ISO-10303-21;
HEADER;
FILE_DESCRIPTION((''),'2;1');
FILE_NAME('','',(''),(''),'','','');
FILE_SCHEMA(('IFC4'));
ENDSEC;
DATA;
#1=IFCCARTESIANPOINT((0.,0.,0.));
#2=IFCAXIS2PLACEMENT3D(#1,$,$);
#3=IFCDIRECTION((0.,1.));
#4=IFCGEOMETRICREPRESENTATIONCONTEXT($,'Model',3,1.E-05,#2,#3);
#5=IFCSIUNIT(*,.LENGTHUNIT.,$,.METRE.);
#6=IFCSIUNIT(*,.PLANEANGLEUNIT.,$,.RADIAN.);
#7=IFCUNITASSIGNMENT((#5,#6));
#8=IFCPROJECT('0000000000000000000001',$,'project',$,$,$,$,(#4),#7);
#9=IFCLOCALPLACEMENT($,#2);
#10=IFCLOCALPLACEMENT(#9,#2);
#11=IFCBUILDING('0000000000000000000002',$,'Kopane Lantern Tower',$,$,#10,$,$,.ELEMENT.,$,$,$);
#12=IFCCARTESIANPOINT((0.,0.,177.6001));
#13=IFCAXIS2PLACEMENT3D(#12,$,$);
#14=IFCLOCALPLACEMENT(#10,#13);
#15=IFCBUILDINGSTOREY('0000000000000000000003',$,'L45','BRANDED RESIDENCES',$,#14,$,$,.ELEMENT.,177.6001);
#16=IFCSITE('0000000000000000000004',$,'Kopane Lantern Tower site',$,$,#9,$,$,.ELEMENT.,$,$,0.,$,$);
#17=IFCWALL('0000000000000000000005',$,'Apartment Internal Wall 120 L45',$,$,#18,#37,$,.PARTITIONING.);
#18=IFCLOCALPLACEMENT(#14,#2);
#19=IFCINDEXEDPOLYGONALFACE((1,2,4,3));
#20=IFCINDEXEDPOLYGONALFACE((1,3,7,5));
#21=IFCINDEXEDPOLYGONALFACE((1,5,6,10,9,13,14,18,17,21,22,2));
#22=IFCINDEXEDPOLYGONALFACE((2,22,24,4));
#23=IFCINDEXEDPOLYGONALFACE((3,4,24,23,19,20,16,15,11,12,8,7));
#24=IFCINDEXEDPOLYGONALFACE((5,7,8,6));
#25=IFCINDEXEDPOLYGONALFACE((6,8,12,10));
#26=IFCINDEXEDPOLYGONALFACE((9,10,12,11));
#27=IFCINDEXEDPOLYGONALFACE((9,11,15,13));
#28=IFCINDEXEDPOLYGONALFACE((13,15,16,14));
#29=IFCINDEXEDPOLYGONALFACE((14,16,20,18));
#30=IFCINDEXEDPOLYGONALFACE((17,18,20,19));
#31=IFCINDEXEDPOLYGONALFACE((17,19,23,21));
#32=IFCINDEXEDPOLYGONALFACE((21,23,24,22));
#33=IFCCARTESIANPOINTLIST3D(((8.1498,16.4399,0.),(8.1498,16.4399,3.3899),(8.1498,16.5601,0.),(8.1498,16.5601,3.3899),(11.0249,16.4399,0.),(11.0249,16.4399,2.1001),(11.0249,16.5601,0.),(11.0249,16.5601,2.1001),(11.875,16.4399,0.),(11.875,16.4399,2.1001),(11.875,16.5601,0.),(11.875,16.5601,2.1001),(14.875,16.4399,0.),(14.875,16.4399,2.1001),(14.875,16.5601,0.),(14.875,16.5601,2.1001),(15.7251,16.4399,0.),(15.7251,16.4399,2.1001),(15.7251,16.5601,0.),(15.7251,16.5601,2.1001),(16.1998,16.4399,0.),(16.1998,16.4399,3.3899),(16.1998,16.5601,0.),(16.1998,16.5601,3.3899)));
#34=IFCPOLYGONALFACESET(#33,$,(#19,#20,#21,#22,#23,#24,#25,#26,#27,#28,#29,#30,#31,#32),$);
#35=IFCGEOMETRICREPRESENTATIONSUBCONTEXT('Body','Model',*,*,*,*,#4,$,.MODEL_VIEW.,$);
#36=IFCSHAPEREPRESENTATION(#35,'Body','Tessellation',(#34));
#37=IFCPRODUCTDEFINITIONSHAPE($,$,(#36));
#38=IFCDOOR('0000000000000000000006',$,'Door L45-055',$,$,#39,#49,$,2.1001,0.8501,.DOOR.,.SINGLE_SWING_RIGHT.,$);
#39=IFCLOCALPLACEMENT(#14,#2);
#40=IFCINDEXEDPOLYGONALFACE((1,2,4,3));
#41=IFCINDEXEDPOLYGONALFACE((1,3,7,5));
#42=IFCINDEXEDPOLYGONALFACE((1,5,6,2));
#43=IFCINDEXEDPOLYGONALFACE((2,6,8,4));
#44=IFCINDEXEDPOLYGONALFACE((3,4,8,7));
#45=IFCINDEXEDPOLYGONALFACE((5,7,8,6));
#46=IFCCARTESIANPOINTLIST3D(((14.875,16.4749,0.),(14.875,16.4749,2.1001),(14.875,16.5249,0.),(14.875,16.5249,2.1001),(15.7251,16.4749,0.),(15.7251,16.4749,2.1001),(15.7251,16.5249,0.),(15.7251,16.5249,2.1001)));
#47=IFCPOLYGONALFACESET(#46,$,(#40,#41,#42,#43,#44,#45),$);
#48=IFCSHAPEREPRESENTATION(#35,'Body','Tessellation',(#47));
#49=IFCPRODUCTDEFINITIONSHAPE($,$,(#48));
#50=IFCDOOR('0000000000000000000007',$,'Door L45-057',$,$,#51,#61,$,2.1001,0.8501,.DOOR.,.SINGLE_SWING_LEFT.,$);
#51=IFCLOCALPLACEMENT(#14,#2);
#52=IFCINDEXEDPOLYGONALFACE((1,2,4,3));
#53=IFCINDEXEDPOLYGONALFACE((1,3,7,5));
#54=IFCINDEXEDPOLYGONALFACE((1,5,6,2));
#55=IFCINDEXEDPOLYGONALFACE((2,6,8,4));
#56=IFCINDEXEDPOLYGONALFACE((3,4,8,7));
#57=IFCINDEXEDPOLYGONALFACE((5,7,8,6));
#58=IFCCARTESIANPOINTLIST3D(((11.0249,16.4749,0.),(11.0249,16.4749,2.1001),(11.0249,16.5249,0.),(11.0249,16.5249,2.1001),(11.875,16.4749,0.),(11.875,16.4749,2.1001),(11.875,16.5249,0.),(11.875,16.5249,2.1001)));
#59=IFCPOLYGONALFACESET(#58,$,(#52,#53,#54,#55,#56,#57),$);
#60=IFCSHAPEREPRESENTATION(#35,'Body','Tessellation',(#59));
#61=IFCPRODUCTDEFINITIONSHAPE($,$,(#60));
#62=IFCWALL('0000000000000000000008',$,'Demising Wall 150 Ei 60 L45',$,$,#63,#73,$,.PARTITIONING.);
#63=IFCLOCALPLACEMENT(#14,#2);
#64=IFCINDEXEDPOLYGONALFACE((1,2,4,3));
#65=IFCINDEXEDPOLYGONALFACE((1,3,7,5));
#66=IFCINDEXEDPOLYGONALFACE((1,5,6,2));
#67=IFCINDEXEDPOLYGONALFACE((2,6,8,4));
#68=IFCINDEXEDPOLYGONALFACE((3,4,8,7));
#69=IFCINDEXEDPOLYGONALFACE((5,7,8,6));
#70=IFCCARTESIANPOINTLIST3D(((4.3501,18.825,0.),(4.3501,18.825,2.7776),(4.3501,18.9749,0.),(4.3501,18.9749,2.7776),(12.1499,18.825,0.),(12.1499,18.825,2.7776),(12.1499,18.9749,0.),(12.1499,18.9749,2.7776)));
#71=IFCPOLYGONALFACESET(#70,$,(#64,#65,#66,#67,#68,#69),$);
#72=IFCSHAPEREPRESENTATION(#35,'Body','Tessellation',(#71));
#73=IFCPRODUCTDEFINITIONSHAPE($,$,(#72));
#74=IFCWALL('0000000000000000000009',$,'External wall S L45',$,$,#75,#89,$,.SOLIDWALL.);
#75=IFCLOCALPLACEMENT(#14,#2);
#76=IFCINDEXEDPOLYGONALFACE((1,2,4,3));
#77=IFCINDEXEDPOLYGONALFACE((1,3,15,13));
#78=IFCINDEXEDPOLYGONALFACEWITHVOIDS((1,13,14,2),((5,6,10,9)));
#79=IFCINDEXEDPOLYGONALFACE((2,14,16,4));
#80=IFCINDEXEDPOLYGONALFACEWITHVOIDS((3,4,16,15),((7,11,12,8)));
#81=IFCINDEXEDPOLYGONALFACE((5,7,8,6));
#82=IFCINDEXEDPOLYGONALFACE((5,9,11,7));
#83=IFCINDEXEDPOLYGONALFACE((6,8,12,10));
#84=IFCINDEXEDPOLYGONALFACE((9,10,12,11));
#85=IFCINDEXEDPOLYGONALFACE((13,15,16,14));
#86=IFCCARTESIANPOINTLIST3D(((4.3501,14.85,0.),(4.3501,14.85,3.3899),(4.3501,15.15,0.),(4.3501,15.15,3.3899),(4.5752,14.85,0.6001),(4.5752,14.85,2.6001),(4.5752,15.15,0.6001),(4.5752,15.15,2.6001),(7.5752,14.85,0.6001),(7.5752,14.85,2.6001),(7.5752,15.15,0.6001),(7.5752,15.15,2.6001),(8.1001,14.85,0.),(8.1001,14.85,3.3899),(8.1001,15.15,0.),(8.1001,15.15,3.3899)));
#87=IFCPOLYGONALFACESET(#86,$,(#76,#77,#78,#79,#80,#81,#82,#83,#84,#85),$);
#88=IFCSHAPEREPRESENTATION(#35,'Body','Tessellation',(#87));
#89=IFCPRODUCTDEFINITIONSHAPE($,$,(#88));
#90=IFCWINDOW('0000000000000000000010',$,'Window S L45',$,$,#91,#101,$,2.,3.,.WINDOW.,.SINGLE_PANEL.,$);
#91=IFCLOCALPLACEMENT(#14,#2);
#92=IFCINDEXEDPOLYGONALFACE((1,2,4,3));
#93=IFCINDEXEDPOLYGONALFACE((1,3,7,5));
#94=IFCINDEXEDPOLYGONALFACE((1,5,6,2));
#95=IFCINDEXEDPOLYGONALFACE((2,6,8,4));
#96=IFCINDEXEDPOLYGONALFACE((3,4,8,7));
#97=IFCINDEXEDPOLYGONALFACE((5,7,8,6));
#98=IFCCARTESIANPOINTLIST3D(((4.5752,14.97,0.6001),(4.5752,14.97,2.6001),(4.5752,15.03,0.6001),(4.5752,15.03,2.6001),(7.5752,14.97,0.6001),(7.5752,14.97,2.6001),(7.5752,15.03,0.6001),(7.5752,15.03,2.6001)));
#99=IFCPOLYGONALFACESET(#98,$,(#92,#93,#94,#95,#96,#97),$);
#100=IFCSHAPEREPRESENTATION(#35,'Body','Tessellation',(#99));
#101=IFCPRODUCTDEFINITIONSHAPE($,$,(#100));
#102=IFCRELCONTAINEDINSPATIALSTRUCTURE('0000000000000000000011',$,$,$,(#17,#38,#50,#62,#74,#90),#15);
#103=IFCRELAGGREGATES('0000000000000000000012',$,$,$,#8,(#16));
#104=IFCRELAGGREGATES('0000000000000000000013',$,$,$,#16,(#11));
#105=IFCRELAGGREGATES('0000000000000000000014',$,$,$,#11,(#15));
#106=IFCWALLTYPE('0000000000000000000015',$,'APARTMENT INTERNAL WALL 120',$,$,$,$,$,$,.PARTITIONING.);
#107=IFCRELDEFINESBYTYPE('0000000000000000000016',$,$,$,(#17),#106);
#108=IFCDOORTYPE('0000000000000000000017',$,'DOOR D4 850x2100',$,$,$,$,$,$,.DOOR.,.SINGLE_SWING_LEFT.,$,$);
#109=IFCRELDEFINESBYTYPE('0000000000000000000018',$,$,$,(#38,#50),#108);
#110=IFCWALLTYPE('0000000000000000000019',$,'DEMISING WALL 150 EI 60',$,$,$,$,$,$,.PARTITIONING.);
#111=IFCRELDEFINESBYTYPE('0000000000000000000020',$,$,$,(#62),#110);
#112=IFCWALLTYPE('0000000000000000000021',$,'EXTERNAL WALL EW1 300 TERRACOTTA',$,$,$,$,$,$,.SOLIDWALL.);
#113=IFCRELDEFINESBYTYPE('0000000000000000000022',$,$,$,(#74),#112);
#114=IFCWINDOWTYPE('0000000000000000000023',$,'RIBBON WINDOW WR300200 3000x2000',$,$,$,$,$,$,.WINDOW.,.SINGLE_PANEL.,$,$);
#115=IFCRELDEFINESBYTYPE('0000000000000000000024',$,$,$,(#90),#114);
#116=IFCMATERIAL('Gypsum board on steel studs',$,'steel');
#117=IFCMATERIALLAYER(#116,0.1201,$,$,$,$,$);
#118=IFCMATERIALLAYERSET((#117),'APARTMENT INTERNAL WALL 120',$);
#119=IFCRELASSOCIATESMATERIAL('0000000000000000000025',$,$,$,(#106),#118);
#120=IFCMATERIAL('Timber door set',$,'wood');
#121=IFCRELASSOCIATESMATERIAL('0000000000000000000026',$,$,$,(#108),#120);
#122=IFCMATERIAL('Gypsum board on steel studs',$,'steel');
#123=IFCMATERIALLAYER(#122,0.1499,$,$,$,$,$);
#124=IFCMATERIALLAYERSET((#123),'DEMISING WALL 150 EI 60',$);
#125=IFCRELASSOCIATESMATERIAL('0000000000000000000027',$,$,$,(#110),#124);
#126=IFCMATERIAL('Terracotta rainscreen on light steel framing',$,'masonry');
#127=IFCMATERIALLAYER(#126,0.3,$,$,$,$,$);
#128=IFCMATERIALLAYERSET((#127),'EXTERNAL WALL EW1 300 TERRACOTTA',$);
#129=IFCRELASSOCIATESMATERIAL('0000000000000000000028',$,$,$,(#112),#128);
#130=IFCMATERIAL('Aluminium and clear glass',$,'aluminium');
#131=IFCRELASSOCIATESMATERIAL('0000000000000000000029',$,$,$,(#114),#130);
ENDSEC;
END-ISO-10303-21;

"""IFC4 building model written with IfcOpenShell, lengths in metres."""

from ifc_helpers import new_model, si_unit, direction, frame, frame_2d, origin, place, context, subcontext, project, spatial, rectangle, extrude, material, layer, layer_set, type_object, element, fill, save


model = new_model("IFC4")

# Units and contexts
model_context = context("Model", 3, precision=1e-05, world=origin(), true_north=direction((0.0, 1.0)))
body_context = subcontext(model_context, "Body", "Model", "MODEL_VIEW")
ifc_project = project(units=[si_unit("LENGTHUNIT", "METRE"), si_unit("PLANEANGLEUNIT", "RADIAN")], contexts=[model_context])

# Site, building, storey
site_placement = place(None, origin())
site = spatial("IfcSite", under=ifc_project, at=site_placement, Name="Kopane Lantern Tower site", CompositionType="ELEMENT", RefElevation=0.0)
building_placement = place(site_placement, origin())
building = spatial("IfcBuilding", under=site, at=building_placement, Name="Kopane Lantern Tower", CompositionType="ELEMENT")
storey_placement = place(building_placement, frame((0.0, 0.0, 177.6001)))
storey = spatial("IfcBuildingStorey", under=building, at=storey_placement, Name="L45", Description="BRANDED RESIDENCES", CompositionType="ELEMENT", Elevation=177.6001)

# Wall, openings, doors
ifc_material_1 = material(Name="Gypsum board on steel studs", Category="steel")
ifc_layer_1 = layer(ifc_material_1, 0.1201)
ifc_layer_set_1 = layer_set([ifc_layer_1], Name="APARTMENT INTERNAL WALL 120")
wall_type_1 = type_object("IfcWallType", Name="APARTMENT INTERNAL WALL 120", PredefinedType="PARTITIONING", material=ifc_layer_set_1)
wall_1_placement = place(storey_placement, frame((8.1499, 16.5, 0.0), z_axis=(0.0, 0.0, 1.0), x_axis=(1.0, 0.0, 0.0)))
wall_1 = element("IfcWall", 1, at=wall_1_placement, inside=storey, type_object=wall_type_1, Name="Apartment Internal Wall 120 L45", PredefinedType="PARTITIONING", context=body_context, shape_type="SweptSolid", body=[
    extrude(rectangle(XDim=8.05, YDim=0.1201, at=frame_2d((4.0249, 0.0))), origin(), (0.0, 0.0, 1.0), 3.3899),
])
opening_1_placement = place(wall_1_placement, frame((6.7251, 0.0, 0.0)))
opening_1 = element("IfcOpeningElement", 2, at=opening_1_placement, cuts=wall_1, PredefinedType="OPENING", context=body_context, shape_type="SweptSolid", body=[
    extrude(rectangle(XDim=0.8501, YDim=2.1001, at=frame_2d((0.425, 1.05))), frame((0.0, 0.0701, 0.0), z_axis=(0.0, -1.0, 0.0), x_axis=(1.0, 0.0, 0.0)), (0.0, 0.0, 1.0), 0.1401),
])
opening_2_placement = place(wall_1_placement, frame((2.875, 0.0, 0.0)))
opening_2 = element("IfcOpeningElement", 3, at=opening_2_placement, cuts=wall_1, PredefinedType="OPENING", context=body_context, shape_type="SweptSolid", body=[
    extrude(rectangle(XDim=0.8501, YDim=2.1001, at=frame_2d((0.425, 1.05))), frame((0.0, 0.0701, 0.0), z_axis=(0.0, -1.0, 0.0), x_axis=(1.0, 0.0, 0.0)), (0.0, 0.0, 1.0), 0.1401),
])
ifc_material_2 = material(Name="Timber door set", Category="wood")
door_type = type_object("IfcDoorType", Name="DOOR D4 850x2100", OperationType="SINGLE_SWING_LEFT", PredefinedType="DOOR", material=ifc_material_2)
door_1_placement = place(opening_1_placement, origin())
door_1 = element("IfcDoor", 4, at=door_1_placement, inside=storey, type_object=door_type, Name="Door L45-055", OperationType="SINGLE_SWING_RIGHT", OverallHeight=2.1001, OverallWidth=0.8501, PredefinedType="DOOR", context=body_context, shape_type="SweptSolid", body=[
    extrude(rectangle(XDim=0.8501, YDim=2.1001, at=frame_2d((0.425, 1.05))), frame((0.0, 0.0249, 0.0), z_axis=(0.0, -1.0, 0.0), x_axis=(1.0, 0.0, 0.0)), (0.0, 0.0, 1.0), 0.05),
])
fill(opening_1, door_1)
door_2_placement = place(opening_2_placement, origin())
door_2 = element("IfcDoor", 5, at=door_2_placement, inside=storey, type_object=door_type, Name="Door L45-057", OperationType="SINGLE_SWING_LEFT", OverallHeight=2.1001, OverallWidth=0.8501, PredefinedType="DOOR", context=body_context, shape_type="SweptSolid", body=[
    extrude(rectangle(XDim=0.8501, YDim=2.1001, at=frame_2d((0.425, 1.05))), frame((0.0, 0.0249, 0.0), z_axis=(0.0, -1.0, 0.0), x_axis=(1.0, 0.0, 0.0)), (0.0, 0.0, 1.0), 0.05),
])
fill(opening_2, door_2)

# Wall
ifc_material_3 = material(Name="Gypsum board on steel studs", Category="steel")
ifc_layer_2 = layer(ifc_material_3, 0.1499)
ifc_layer_set_2 = layer_set([ifc_layer_2], Name="DEMISING WALL 150 EI 60")
wall_type_2 = type_object("IfcWallType", Name="DEMISING WALL 150 EI 60", PredefinedType="PARTITIONING", material=ifc_layer_set_2)
wall_2_placement = place(storey_placement, frame((4.3501, 18.8999, 0.0), z_axis=(0.0, 0.0, 1.0), x_axis=(1.0, 0.0, 0.0)))
element("IfcWall", 6, at=wall_2_placement, inside=storey, type_object=wall_type_2, Name="Demising Wall 150 Ei 60 L45", PredefinedType="PARTITIONING", context=body_context, shape_type="SweptSolid", body=[
    extrude(rectangle(XDim=7.7998, YDim=0.1499, at=frame_2d((3.8999, 0.0))), origin(), (0.0, 0.0, 1.0), 2.7776),
])

# Wall, opening, window
ifc_material_4 = material(Name="Terracotta rainscreen on light steel framing", Category="masonry")
ifc_layer_3 = layer(ifc_material_4, 0.3)
ifc_layer_set_3 = layer_set([ifc_layer_3], Name="EXTERNAL WALL EW1 300 TERRACOTTA")
wall_type_3 = type_object("IfcWallType", Name="EXTERNAL WALL EW1 300 TERRACOTTA", PredefinedType="SOLIDWALL", material=ifc_layer_set_3)
wall_3_placement = place(storey_placement, frame((4.3501, 15.0, 0.0), z_axis=(0.0, 0.0, 1.0), x_axis=(1.0, 0.0, 0.0)))
wall_3 = element("IfcWall", 7, at=wall_3_placement, inside=storey, type_object=wall_type_3, Name="External wall S L45", PredefinedType="SOLIDWALL", context=body_context, shape_type="SweptSolid", body=[
    extrude(rectangle(XDim=3.75, YDim=0.3, at=frame_2d((1.875, 0.0))), origin(), (0.0, 0.0, 1.0), 3.3899),
])
opening_3_placement = place(wall_3_placement, frame((0.2251, 0.0, 0.6001)))
opening_3 = element("IfcOpeningElement", 8, at=opening_3_placement, cuts=wall_3, PredefinedType="OPENING", context=body_context, shape_type="SweptSolid", body=[
    extrude(rectangle(XDim=3.0, YDim=2.0, at=frame_2d((1.5, 1.0))), frame((0.0, 0.1599, 0.0), z_axis=(0.0, -1.0, 0.0), x_axis=(1.0, 0.0, 0.0)), (0.0, 0.0, 1.0), 0.3201),
])
ifc_material_5 = material(Name="Aluminium and clear glass", Category="aluminium")
window_type = type_object("IfcWindowType", Name="RIBBON WINDOW WR300200 3000x2000", PartitioningType="SINGLE_PANEL", PredefinedType="WINDOW", material=ifc_material_5)
window_placement = place(opening_3_placement, origin())
window = element("IfcWindow", 9, at=window_placement, inside=storey, type_object=window_type, Name="Window S L45", OverallHeight=2.0, OverallWidth=3.0, PartitioningType="SINGLE_PANEL", PredefinedType="WINDOW", context=body_context, shape_type="SweptSolid", body=[
    extrude(rectangle(XDim=3.0, YDim=2.0, at=frame_2d((1.5, 1.0))), frame((0.0, 0.03, 0.0), z_axis=(0.0, -1.0, 0.0), x_axis=(1.0, 0.0, 0.0)), (0.0, 0.0, 1.0), 0.0601),
])
fill(opening_3, window)

save(model, "model.ifc")
